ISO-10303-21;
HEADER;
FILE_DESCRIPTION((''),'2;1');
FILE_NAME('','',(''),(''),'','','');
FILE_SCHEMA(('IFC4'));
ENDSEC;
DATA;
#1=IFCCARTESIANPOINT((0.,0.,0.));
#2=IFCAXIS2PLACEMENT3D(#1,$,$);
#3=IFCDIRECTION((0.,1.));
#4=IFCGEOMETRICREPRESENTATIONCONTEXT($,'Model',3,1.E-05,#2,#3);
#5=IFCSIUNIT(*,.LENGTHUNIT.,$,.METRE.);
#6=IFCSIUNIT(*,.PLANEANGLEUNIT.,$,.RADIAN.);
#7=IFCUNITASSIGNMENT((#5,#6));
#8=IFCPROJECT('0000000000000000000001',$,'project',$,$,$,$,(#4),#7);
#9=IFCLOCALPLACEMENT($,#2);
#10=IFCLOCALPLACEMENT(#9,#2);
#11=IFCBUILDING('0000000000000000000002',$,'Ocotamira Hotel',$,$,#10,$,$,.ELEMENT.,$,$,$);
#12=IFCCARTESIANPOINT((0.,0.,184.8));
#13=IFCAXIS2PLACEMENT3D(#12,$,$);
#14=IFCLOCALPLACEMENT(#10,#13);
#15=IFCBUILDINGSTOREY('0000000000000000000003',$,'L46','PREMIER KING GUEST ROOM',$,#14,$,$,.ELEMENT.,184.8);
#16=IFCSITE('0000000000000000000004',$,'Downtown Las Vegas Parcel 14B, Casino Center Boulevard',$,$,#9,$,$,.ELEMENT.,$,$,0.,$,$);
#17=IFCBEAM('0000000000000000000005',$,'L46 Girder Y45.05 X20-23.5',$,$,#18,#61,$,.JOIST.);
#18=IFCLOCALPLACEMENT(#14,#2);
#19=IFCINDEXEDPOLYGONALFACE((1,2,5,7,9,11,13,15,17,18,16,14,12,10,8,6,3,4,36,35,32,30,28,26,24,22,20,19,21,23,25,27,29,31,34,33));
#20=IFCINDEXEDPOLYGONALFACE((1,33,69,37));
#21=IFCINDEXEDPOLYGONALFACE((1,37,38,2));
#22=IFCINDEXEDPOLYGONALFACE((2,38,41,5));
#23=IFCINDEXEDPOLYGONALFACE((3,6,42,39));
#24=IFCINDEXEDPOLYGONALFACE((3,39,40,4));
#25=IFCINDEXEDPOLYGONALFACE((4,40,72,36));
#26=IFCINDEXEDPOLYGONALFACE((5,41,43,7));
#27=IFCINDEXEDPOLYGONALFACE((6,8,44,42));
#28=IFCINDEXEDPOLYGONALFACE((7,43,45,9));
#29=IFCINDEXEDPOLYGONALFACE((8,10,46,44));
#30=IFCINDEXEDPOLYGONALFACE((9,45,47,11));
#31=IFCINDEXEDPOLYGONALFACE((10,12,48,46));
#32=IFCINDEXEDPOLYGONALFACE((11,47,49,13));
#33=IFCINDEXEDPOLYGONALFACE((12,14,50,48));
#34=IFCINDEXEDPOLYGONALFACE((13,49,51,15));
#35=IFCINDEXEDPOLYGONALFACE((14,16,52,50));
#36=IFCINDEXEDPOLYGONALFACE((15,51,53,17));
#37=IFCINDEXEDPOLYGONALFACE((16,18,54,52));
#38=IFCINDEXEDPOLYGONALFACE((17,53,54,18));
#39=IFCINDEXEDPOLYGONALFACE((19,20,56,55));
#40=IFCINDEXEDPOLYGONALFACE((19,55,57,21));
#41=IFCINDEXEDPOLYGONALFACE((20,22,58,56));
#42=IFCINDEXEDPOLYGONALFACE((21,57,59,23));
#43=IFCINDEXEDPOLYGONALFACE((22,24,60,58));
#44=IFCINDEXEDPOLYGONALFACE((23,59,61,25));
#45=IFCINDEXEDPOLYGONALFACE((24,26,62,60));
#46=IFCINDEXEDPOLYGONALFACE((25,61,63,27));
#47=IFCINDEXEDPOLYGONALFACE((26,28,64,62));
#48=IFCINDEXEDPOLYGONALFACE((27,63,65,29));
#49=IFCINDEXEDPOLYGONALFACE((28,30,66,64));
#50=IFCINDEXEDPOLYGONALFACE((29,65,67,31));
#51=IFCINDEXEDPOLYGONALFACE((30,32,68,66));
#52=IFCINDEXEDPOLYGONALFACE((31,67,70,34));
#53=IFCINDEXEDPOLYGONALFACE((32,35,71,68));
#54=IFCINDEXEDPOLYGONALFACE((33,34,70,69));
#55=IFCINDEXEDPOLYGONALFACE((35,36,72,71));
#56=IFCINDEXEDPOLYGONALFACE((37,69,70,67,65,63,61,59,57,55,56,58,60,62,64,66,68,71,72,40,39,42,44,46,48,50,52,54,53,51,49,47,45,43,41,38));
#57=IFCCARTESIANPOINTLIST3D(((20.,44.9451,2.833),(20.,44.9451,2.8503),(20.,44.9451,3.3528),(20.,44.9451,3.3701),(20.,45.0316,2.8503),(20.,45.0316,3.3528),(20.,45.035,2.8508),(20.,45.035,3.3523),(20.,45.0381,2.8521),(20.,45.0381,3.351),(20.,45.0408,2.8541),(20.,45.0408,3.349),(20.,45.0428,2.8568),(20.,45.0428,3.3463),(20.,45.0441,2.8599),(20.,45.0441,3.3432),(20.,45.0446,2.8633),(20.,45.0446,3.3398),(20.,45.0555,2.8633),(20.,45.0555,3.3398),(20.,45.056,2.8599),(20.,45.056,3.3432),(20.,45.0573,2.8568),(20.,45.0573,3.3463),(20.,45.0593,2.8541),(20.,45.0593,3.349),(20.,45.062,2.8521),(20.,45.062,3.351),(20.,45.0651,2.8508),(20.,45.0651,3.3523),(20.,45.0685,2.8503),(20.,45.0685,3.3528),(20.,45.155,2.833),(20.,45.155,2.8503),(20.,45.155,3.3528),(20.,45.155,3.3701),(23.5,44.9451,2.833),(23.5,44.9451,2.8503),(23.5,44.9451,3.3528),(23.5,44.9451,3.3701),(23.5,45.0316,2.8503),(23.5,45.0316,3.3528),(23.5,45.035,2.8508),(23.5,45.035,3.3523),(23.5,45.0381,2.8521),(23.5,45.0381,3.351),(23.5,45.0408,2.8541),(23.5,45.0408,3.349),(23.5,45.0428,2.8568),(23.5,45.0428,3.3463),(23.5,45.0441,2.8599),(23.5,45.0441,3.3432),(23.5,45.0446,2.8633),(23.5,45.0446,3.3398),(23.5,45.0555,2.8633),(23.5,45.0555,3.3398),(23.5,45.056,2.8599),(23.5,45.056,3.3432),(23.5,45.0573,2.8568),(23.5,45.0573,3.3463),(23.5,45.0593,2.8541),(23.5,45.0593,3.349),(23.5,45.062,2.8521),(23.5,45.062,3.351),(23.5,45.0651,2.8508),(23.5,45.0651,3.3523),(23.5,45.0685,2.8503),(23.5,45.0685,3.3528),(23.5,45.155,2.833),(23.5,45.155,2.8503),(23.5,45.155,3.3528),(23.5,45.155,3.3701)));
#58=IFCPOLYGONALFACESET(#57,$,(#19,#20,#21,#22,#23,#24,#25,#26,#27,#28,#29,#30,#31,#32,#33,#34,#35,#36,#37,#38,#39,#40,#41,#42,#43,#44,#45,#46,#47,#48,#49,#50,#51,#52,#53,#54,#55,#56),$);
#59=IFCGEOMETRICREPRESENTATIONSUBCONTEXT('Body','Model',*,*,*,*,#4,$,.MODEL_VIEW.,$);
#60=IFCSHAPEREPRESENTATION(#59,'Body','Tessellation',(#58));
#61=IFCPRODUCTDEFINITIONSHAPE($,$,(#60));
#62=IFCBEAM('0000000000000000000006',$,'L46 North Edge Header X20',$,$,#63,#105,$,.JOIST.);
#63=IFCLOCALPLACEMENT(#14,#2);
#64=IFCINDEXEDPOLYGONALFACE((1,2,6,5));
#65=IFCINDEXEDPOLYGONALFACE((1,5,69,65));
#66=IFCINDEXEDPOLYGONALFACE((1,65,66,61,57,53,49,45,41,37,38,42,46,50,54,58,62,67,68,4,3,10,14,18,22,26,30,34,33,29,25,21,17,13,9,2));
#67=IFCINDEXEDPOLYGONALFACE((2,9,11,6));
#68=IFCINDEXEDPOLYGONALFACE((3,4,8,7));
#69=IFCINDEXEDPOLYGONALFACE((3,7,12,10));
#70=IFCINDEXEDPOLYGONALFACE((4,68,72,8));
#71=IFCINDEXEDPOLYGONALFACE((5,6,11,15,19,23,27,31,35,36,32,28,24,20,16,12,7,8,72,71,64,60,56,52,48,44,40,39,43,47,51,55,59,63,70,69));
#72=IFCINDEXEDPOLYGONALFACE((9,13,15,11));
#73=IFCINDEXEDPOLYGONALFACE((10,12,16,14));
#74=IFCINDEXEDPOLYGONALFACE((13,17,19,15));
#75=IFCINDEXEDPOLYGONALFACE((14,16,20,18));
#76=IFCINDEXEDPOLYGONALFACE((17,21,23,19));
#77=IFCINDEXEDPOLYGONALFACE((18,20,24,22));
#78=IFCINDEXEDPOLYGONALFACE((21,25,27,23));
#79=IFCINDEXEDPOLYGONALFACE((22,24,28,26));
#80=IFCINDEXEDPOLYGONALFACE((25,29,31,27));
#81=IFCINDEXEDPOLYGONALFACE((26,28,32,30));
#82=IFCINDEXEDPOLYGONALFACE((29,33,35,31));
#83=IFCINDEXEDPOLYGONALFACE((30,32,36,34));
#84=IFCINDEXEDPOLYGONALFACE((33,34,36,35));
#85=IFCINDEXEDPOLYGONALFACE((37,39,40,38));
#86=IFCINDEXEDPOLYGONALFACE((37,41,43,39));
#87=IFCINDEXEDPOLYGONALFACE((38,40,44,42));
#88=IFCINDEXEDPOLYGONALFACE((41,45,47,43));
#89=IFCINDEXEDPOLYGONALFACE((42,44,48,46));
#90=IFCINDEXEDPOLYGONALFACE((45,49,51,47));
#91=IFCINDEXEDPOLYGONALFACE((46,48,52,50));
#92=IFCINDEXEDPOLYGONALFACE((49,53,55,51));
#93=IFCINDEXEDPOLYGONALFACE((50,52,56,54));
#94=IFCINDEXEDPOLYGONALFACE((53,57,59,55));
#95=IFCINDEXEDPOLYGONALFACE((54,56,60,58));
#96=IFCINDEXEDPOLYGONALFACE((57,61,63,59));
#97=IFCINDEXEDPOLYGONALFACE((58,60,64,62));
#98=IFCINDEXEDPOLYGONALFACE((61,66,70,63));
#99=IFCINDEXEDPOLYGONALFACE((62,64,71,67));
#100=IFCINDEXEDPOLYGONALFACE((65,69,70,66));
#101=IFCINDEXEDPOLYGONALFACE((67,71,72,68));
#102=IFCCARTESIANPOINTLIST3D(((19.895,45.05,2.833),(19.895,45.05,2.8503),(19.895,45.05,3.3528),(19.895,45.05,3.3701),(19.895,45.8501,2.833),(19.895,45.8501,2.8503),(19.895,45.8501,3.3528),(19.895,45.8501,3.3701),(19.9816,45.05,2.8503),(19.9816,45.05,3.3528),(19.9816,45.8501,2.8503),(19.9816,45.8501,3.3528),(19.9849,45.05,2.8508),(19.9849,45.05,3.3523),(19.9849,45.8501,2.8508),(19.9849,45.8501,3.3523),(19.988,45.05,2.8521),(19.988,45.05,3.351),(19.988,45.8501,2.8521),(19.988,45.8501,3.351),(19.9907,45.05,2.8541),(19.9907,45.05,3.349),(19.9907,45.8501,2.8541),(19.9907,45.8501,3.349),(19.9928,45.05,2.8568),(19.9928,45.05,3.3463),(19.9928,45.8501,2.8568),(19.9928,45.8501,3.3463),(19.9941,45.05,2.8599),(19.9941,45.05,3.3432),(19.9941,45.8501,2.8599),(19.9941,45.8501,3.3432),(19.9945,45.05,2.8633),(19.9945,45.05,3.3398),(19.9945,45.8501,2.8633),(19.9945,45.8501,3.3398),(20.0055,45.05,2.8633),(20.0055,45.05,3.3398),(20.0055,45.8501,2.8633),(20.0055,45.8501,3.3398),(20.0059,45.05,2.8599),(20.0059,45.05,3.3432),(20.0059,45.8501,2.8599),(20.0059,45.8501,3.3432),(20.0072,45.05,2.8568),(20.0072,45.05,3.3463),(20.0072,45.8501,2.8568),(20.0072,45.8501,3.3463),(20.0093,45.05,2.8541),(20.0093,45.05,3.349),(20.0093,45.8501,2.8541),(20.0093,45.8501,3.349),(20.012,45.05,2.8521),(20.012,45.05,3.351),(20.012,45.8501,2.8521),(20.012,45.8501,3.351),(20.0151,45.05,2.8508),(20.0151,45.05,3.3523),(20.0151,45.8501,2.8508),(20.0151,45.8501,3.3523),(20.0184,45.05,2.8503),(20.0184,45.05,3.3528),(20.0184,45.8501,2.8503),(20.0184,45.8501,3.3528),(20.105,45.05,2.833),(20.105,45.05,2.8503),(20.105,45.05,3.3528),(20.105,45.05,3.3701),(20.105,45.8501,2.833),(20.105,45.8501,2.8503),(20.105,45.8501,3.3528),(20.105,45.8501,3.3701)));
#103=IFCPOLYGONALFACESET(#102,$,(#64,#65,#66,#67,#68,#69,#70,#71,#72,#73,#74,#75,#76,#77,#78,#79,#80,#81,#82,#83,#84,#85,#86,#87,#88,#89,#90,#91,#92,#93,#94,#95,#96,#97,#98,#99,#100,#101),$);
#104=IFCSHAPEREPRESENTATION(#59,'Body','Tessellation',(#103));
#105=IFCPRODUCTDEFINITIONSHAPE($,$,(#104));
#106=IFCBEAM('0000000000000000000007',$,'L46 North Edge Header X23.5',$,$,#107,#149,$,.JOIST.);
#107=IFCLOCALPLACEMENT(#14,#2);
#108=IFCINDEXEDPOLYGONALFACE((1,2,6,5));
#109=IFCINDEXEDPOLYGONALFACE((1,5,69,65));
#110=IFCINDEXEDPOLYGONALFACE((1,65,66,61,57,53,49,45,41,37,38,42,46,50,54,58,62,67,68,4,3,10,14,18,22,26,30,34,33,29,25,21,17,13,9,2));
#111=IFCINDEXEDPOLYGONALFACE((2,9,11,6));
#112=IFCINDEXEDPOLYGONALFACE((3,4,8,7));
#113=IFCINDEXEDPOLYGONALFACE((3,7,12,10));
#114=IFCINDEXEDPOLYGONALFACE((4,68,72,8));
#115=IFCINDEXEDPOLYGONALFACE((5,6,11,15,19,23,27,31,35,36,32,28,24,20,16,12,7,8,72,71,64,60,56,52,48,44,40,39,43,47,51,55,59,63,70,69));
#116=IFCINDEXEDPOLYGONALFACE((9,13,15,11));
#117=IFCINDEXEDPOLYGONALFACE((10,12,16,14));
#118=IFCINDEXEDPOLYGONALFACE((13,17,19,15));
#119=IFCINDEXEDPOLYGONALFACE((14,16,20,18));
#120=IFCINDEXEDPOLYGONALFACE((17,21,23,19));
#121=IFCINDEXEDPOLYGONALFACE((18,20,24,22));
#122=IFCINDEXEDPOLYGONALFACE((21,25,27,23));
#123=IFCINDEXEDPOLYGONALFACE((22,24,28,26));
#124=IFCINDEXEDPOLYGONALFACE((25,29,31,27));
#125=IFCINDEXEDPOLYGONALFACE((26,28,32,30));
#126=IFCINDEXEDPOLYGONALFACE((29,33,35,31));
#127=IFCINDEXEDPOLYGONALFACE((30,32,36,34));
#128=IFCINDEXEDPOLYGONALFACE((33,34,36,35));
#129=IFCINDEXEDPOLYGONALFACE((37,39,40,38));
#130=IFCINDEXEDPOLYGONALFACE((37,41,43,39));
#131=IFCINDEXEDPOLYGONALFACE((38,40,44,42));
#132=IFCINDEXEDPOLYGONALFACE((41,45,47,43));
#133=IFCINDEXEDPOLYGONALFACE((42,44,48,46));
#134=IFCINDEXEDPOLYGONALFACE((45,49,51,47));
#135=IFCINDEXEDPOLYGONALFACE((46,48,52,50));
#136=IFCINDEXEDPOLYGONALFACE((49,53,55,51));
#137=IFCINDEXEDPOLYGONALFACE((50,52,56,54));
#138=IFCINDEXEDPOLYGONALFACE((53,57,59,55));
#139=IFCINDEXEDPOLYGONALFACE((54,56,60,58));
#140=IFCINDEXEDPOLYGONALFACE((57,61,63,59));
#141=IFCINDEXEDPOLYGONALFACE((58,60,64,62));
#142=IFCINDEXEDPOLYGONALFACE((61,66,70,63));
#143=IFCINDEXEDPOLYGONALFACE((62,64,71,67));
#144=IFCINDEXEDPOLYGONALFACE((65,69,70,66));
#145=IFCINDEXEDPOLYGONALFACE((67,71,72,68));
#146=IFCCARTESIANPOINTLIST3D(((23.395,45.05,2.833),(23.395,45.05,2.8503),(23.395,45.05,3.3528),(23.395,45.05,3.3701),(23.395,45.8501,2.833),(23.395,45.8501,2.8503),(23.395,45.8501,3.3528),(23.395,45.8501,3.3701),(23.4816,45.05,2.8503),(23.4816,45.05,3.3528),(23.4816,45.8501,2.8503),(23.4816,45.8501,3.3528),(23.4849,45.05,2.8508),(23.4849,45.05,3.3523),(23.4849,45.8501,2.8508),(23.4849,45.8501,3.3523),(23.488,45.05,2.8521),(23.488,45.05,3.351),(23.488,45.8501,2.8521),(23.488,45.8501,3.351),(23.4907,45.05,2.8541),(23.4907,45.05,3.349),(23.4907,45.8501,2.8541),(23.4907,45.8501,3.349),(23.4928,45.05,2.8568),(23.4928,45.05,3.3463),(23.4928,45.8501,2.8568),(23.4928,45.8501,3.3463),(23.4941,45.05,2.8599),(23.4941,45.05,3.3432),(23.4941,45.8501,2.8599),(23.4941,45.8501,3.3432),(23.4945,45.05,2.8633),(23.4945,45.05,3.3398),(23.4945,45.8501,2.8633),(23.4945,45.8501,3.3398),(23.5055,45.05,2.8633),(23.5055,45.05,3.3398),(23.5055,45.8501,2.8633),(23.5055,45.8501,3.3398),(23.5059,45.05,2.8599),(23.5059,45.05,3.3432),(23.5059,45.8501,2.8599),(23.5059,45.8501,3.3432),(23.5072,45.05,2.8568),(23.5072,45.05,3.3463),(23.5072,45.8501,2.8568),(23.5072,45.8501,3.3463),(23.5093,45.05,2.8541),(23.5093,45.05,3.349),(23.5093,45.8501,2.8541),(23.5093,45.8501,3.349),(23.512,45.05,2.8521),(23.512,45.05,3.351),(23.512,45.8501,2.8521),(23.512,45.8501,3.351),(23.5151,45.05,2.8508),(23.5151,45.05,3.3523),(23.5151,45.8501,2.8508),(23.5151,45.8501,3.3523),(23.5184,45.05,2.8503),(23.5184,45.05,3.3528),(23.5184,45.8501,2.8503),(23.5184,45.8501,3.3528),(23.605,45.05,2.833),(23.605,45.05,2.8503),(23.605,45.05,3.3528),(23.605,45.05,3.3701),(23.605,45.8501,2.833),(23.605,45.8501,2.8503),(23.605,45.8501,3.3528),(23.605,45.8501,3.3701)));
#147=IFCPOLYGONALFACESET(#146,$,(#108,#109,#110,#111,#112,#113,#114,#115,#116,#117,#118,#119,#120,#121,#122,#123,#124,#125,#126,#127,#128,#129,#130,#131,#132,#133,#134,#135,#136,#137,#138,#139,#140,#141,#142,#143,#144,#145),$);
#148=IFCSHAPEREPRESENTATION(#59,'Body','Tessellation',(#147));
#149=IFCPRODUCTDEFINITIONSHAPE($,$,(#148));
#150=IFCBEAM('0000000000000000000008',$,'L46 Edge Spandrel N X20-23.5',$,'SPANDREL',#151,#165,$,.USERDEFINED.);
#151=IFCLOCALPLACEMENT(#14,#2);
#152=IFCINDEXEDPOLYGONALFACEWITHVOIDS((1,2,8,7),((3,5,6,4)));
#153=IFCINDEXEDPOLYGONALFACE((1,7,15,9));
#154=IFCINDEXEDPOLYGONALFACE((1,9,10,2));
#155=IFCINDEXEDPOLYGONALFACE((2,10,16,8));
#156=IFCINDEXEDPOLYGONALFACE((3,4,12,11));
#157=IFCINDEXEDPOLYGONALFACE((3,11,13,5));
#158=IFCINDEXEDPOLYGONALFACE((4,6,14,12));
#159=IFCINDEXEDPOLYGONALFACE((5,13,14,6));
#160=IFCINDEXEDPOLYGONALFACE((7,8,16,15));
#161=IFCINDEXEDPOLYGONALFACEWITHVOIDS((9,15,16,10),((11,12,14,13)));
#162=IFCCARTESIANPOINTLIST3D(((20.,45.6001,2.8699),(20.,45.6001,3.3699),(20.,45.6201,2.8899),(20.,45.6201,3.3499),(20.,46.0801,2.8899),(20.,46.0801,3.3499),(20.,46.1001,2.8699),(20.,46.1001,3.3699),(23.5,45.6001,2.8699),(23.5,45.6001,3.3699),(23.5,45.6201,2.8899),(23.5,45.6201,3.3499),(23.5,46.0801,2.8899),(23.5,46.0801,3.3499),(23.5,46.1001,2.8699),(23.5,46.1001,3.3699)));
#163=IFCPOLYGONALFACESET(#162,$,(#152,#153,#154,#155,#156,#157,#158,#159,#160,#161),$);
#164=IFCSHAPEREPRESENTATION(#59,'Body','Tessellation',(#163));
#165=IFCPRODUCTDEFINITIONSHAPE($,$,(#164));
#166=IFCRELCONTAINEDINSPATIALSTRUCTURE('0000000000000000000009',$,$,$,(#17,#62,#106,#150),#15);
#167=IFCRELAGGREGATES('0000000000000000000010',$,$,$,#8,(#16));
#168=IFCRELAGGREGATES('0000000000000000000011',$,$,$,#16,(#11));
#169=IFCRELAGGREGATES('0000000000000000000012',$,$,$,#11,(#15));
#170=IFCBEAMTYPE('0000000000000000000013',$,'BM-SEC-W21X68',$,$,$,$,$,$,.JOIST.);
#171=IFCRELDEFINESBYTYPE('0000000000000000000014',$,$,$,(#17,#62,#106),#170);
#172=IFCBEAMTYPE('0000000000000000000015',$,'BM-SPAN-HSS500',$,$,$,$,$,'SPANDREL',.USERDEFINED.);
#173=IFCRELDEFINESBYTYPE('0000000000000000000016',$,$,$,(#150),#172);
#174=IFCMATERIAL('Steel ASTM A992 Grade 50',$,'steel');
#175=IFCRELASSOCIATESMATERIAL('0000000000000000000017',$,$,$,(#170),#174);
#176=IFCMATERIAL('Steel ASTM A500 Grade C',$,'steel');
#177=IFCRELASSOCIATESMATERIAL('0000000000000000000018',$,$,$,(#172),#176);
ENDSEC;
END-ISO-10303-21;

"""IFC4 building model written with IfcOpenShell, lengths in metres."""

from ifc_helpers import new_model, si_unit, direction, frame, origin, origin_2d, place, context, subcontext, project, spatial, hollow_rectangle, i_section, extrude, source, transform, mapped, material, material_profile, profile_set, type_object, element, save


model = new_model("IFC4")

# Units and contexts
model_context = context("Model", 3, precision=1e-05, world=origin(), true_north=direction((0.0, 1.0)))
body_context = subcontext(model_context, "Body", "Model", "MODEL_VIEW")
ifc_project = project(units=[si_unit("LENGTHUNIT", "METRE"), si_unit("PLANEANGLEUNIT", "RADIAN")], contexts=[model_context])

# Site, building, storey
site_placement = place(None, origin())
site = spatial("IfcSite", under=ifc_project, at=site_placement, Name="Downtown Las Vegas Parcel 14B, Casino Center Boulevard", CompositionType="ELEMENT", RefElevation=0.0)
building_placement = place(site_placement, origin())
building = spatial("IfcBuilding", under=site, at=building_placement, Name="Ocotamira Hotel", CompositionType="ELEMENT")
storey_placement = place(building_placement, frame((0.0, 0.0, 184.8)))
storey = spatial("IfcBuildingStorey", under=building, at=storey_placement, Name="L46", Description="PREMIER KING GUEST ROOM", CompositionType="ELEMENT", Elevation=184.8)

# Beams
ifc_material_1 = material(Name="Steel ASTM A992 Grade 50", Category="steel")
ifc_material_profile_1 = material_profile(ifc_material_1, i_section(OverallWidth=0.21, OverallDepth=0.5371, WebThickness=0.011, FlangeThickness=0.0173, FilletRadius=0.0129, at=origin_2d()), Name="W21X68")
ifc_profile_set_1 = profile_set([ifc_material_profile_1], Name="Steel ASTM A992 Grade 50")
beam_type_1 = type_object("IfcBeamType", Name="BM-SEC-W21X68", PredefinedType="JOIST", material=ifc_profile_set_1)
shared_shape_1 = source(origin(), body_context, "Body", "SweptSolid", [
    extrude(i_section(OverallWidth=0.21, OverallDepth=0.5371, WebThickness=0.011, FlangeThickness=0.0173, FilletRadius=0.0129, at=origin_2d()), origin(), (0.0, 0.0, 1.0), 3.5),
])
beam_1_placement = place(storey_placement, frame((20.0, 45.05, 3.1016), z_axis=(1.0, 0.0, 0.0), x_axis=(0.0, 1.0, 0.0)))
element("IfcBeam", 1, at=beam_1_placement, inside=storey, type_object=beam_type_1, Name="L46 Girder Y45.05 X20-23.5", PredefinedType="JOIST", context=body_context, shape_type="MappedRepresentation", body=[
    mapped(shared_shape_1, transform((0.0, 0.0, 0.0), scale=1.0)),
])
shared_shape_2 = source(origin(), body_context, "Body", "SweptSolid", [
    extrude(i_section(OverallWidth=0.21, OverallDepth=0.5371, WebThickness=0.011, FlangeThickness=0.0173, FilletRadius=0.0129, at=origin_2d()), origin(), (0.0, 0.0, 1.0), 0.8),
])
for number, where, z_axis, x_axis, name in (
    (2, (20.0, 45.05, 3.1016), (0.0, 1.0, 0.0), (-1.0, 0.0, 0.0), "L46 North Edge Header X20"),
    (3, (23.5, 45.05, 3.1016), (0.0, 1.0, 0.0), (-1.0, 0.0, 0.0), "L46 North Edge Header X23.5"),
):
    element("IfcBeam", number, at=place(storey_placement, frame(where, z_axis=z_axis, x_axis=x_axis)), inside=storey, type_object=beam_type_1, Name=name, PredefinedType="JOIST", context=body_context, shape_type="MappedRepresentation", body=[
        mapped(shared_shape_2, transform((0.0, 0.0, 0.0), scale=1.0)),
    ])
ifc_material_2 = material(Name="Steel ASTM A500 Grade C", Category="steel")
ifc_material_profile_2 = material_profile(ifc_material_2, hollow_rectangle(XDim=0.5, YDim=0.5, WallThickness=0.02, at=origin_2d()), Name="HSS500X500X20")
ifc_profile_set_2 = profile_set([ifc_material_profile_2], Name="Steel ASTM A500 Grade C")
beam_type_2 = type_object("IfcBeamType", Name="BM-SPAN-HSS500", ElementType="SPANDREL", PredefinedType="USERDEFINED", material=ifc_profile_set_2)
shared_shape_3 = source(origin(), body_context, "Body", "SweptSolid", [
    extrude(hollow_rectangle(XDim=0.5, YDim=0.5, WallThickness=0.02, at=origin_2d()), origin(), (0.0, 0.0, 1.0), 3.5),
])
beam_2_placement = place(storey_placement, frame((20.0, 45.8501, 3.1199), z_axis=(1.0, 0.0, 0.0), x_axis=(0.0, 1.0, 0.0)))
element("IfcBeam", 4, at=beam_2_placement, inside=storey, type_object=beam_type_2, Name="L46 Edge Spandrel N X20-23.5", ObjectType="SPANDREL", PredefinedType="USERDEFINED", context=body_context, shape_type="MappedRepresentation", body=[
    mapped(shared_shape_3, transform((0.0, 0.0, 0.0), scale=1.0)),
])

save(model, "model.ifc")
